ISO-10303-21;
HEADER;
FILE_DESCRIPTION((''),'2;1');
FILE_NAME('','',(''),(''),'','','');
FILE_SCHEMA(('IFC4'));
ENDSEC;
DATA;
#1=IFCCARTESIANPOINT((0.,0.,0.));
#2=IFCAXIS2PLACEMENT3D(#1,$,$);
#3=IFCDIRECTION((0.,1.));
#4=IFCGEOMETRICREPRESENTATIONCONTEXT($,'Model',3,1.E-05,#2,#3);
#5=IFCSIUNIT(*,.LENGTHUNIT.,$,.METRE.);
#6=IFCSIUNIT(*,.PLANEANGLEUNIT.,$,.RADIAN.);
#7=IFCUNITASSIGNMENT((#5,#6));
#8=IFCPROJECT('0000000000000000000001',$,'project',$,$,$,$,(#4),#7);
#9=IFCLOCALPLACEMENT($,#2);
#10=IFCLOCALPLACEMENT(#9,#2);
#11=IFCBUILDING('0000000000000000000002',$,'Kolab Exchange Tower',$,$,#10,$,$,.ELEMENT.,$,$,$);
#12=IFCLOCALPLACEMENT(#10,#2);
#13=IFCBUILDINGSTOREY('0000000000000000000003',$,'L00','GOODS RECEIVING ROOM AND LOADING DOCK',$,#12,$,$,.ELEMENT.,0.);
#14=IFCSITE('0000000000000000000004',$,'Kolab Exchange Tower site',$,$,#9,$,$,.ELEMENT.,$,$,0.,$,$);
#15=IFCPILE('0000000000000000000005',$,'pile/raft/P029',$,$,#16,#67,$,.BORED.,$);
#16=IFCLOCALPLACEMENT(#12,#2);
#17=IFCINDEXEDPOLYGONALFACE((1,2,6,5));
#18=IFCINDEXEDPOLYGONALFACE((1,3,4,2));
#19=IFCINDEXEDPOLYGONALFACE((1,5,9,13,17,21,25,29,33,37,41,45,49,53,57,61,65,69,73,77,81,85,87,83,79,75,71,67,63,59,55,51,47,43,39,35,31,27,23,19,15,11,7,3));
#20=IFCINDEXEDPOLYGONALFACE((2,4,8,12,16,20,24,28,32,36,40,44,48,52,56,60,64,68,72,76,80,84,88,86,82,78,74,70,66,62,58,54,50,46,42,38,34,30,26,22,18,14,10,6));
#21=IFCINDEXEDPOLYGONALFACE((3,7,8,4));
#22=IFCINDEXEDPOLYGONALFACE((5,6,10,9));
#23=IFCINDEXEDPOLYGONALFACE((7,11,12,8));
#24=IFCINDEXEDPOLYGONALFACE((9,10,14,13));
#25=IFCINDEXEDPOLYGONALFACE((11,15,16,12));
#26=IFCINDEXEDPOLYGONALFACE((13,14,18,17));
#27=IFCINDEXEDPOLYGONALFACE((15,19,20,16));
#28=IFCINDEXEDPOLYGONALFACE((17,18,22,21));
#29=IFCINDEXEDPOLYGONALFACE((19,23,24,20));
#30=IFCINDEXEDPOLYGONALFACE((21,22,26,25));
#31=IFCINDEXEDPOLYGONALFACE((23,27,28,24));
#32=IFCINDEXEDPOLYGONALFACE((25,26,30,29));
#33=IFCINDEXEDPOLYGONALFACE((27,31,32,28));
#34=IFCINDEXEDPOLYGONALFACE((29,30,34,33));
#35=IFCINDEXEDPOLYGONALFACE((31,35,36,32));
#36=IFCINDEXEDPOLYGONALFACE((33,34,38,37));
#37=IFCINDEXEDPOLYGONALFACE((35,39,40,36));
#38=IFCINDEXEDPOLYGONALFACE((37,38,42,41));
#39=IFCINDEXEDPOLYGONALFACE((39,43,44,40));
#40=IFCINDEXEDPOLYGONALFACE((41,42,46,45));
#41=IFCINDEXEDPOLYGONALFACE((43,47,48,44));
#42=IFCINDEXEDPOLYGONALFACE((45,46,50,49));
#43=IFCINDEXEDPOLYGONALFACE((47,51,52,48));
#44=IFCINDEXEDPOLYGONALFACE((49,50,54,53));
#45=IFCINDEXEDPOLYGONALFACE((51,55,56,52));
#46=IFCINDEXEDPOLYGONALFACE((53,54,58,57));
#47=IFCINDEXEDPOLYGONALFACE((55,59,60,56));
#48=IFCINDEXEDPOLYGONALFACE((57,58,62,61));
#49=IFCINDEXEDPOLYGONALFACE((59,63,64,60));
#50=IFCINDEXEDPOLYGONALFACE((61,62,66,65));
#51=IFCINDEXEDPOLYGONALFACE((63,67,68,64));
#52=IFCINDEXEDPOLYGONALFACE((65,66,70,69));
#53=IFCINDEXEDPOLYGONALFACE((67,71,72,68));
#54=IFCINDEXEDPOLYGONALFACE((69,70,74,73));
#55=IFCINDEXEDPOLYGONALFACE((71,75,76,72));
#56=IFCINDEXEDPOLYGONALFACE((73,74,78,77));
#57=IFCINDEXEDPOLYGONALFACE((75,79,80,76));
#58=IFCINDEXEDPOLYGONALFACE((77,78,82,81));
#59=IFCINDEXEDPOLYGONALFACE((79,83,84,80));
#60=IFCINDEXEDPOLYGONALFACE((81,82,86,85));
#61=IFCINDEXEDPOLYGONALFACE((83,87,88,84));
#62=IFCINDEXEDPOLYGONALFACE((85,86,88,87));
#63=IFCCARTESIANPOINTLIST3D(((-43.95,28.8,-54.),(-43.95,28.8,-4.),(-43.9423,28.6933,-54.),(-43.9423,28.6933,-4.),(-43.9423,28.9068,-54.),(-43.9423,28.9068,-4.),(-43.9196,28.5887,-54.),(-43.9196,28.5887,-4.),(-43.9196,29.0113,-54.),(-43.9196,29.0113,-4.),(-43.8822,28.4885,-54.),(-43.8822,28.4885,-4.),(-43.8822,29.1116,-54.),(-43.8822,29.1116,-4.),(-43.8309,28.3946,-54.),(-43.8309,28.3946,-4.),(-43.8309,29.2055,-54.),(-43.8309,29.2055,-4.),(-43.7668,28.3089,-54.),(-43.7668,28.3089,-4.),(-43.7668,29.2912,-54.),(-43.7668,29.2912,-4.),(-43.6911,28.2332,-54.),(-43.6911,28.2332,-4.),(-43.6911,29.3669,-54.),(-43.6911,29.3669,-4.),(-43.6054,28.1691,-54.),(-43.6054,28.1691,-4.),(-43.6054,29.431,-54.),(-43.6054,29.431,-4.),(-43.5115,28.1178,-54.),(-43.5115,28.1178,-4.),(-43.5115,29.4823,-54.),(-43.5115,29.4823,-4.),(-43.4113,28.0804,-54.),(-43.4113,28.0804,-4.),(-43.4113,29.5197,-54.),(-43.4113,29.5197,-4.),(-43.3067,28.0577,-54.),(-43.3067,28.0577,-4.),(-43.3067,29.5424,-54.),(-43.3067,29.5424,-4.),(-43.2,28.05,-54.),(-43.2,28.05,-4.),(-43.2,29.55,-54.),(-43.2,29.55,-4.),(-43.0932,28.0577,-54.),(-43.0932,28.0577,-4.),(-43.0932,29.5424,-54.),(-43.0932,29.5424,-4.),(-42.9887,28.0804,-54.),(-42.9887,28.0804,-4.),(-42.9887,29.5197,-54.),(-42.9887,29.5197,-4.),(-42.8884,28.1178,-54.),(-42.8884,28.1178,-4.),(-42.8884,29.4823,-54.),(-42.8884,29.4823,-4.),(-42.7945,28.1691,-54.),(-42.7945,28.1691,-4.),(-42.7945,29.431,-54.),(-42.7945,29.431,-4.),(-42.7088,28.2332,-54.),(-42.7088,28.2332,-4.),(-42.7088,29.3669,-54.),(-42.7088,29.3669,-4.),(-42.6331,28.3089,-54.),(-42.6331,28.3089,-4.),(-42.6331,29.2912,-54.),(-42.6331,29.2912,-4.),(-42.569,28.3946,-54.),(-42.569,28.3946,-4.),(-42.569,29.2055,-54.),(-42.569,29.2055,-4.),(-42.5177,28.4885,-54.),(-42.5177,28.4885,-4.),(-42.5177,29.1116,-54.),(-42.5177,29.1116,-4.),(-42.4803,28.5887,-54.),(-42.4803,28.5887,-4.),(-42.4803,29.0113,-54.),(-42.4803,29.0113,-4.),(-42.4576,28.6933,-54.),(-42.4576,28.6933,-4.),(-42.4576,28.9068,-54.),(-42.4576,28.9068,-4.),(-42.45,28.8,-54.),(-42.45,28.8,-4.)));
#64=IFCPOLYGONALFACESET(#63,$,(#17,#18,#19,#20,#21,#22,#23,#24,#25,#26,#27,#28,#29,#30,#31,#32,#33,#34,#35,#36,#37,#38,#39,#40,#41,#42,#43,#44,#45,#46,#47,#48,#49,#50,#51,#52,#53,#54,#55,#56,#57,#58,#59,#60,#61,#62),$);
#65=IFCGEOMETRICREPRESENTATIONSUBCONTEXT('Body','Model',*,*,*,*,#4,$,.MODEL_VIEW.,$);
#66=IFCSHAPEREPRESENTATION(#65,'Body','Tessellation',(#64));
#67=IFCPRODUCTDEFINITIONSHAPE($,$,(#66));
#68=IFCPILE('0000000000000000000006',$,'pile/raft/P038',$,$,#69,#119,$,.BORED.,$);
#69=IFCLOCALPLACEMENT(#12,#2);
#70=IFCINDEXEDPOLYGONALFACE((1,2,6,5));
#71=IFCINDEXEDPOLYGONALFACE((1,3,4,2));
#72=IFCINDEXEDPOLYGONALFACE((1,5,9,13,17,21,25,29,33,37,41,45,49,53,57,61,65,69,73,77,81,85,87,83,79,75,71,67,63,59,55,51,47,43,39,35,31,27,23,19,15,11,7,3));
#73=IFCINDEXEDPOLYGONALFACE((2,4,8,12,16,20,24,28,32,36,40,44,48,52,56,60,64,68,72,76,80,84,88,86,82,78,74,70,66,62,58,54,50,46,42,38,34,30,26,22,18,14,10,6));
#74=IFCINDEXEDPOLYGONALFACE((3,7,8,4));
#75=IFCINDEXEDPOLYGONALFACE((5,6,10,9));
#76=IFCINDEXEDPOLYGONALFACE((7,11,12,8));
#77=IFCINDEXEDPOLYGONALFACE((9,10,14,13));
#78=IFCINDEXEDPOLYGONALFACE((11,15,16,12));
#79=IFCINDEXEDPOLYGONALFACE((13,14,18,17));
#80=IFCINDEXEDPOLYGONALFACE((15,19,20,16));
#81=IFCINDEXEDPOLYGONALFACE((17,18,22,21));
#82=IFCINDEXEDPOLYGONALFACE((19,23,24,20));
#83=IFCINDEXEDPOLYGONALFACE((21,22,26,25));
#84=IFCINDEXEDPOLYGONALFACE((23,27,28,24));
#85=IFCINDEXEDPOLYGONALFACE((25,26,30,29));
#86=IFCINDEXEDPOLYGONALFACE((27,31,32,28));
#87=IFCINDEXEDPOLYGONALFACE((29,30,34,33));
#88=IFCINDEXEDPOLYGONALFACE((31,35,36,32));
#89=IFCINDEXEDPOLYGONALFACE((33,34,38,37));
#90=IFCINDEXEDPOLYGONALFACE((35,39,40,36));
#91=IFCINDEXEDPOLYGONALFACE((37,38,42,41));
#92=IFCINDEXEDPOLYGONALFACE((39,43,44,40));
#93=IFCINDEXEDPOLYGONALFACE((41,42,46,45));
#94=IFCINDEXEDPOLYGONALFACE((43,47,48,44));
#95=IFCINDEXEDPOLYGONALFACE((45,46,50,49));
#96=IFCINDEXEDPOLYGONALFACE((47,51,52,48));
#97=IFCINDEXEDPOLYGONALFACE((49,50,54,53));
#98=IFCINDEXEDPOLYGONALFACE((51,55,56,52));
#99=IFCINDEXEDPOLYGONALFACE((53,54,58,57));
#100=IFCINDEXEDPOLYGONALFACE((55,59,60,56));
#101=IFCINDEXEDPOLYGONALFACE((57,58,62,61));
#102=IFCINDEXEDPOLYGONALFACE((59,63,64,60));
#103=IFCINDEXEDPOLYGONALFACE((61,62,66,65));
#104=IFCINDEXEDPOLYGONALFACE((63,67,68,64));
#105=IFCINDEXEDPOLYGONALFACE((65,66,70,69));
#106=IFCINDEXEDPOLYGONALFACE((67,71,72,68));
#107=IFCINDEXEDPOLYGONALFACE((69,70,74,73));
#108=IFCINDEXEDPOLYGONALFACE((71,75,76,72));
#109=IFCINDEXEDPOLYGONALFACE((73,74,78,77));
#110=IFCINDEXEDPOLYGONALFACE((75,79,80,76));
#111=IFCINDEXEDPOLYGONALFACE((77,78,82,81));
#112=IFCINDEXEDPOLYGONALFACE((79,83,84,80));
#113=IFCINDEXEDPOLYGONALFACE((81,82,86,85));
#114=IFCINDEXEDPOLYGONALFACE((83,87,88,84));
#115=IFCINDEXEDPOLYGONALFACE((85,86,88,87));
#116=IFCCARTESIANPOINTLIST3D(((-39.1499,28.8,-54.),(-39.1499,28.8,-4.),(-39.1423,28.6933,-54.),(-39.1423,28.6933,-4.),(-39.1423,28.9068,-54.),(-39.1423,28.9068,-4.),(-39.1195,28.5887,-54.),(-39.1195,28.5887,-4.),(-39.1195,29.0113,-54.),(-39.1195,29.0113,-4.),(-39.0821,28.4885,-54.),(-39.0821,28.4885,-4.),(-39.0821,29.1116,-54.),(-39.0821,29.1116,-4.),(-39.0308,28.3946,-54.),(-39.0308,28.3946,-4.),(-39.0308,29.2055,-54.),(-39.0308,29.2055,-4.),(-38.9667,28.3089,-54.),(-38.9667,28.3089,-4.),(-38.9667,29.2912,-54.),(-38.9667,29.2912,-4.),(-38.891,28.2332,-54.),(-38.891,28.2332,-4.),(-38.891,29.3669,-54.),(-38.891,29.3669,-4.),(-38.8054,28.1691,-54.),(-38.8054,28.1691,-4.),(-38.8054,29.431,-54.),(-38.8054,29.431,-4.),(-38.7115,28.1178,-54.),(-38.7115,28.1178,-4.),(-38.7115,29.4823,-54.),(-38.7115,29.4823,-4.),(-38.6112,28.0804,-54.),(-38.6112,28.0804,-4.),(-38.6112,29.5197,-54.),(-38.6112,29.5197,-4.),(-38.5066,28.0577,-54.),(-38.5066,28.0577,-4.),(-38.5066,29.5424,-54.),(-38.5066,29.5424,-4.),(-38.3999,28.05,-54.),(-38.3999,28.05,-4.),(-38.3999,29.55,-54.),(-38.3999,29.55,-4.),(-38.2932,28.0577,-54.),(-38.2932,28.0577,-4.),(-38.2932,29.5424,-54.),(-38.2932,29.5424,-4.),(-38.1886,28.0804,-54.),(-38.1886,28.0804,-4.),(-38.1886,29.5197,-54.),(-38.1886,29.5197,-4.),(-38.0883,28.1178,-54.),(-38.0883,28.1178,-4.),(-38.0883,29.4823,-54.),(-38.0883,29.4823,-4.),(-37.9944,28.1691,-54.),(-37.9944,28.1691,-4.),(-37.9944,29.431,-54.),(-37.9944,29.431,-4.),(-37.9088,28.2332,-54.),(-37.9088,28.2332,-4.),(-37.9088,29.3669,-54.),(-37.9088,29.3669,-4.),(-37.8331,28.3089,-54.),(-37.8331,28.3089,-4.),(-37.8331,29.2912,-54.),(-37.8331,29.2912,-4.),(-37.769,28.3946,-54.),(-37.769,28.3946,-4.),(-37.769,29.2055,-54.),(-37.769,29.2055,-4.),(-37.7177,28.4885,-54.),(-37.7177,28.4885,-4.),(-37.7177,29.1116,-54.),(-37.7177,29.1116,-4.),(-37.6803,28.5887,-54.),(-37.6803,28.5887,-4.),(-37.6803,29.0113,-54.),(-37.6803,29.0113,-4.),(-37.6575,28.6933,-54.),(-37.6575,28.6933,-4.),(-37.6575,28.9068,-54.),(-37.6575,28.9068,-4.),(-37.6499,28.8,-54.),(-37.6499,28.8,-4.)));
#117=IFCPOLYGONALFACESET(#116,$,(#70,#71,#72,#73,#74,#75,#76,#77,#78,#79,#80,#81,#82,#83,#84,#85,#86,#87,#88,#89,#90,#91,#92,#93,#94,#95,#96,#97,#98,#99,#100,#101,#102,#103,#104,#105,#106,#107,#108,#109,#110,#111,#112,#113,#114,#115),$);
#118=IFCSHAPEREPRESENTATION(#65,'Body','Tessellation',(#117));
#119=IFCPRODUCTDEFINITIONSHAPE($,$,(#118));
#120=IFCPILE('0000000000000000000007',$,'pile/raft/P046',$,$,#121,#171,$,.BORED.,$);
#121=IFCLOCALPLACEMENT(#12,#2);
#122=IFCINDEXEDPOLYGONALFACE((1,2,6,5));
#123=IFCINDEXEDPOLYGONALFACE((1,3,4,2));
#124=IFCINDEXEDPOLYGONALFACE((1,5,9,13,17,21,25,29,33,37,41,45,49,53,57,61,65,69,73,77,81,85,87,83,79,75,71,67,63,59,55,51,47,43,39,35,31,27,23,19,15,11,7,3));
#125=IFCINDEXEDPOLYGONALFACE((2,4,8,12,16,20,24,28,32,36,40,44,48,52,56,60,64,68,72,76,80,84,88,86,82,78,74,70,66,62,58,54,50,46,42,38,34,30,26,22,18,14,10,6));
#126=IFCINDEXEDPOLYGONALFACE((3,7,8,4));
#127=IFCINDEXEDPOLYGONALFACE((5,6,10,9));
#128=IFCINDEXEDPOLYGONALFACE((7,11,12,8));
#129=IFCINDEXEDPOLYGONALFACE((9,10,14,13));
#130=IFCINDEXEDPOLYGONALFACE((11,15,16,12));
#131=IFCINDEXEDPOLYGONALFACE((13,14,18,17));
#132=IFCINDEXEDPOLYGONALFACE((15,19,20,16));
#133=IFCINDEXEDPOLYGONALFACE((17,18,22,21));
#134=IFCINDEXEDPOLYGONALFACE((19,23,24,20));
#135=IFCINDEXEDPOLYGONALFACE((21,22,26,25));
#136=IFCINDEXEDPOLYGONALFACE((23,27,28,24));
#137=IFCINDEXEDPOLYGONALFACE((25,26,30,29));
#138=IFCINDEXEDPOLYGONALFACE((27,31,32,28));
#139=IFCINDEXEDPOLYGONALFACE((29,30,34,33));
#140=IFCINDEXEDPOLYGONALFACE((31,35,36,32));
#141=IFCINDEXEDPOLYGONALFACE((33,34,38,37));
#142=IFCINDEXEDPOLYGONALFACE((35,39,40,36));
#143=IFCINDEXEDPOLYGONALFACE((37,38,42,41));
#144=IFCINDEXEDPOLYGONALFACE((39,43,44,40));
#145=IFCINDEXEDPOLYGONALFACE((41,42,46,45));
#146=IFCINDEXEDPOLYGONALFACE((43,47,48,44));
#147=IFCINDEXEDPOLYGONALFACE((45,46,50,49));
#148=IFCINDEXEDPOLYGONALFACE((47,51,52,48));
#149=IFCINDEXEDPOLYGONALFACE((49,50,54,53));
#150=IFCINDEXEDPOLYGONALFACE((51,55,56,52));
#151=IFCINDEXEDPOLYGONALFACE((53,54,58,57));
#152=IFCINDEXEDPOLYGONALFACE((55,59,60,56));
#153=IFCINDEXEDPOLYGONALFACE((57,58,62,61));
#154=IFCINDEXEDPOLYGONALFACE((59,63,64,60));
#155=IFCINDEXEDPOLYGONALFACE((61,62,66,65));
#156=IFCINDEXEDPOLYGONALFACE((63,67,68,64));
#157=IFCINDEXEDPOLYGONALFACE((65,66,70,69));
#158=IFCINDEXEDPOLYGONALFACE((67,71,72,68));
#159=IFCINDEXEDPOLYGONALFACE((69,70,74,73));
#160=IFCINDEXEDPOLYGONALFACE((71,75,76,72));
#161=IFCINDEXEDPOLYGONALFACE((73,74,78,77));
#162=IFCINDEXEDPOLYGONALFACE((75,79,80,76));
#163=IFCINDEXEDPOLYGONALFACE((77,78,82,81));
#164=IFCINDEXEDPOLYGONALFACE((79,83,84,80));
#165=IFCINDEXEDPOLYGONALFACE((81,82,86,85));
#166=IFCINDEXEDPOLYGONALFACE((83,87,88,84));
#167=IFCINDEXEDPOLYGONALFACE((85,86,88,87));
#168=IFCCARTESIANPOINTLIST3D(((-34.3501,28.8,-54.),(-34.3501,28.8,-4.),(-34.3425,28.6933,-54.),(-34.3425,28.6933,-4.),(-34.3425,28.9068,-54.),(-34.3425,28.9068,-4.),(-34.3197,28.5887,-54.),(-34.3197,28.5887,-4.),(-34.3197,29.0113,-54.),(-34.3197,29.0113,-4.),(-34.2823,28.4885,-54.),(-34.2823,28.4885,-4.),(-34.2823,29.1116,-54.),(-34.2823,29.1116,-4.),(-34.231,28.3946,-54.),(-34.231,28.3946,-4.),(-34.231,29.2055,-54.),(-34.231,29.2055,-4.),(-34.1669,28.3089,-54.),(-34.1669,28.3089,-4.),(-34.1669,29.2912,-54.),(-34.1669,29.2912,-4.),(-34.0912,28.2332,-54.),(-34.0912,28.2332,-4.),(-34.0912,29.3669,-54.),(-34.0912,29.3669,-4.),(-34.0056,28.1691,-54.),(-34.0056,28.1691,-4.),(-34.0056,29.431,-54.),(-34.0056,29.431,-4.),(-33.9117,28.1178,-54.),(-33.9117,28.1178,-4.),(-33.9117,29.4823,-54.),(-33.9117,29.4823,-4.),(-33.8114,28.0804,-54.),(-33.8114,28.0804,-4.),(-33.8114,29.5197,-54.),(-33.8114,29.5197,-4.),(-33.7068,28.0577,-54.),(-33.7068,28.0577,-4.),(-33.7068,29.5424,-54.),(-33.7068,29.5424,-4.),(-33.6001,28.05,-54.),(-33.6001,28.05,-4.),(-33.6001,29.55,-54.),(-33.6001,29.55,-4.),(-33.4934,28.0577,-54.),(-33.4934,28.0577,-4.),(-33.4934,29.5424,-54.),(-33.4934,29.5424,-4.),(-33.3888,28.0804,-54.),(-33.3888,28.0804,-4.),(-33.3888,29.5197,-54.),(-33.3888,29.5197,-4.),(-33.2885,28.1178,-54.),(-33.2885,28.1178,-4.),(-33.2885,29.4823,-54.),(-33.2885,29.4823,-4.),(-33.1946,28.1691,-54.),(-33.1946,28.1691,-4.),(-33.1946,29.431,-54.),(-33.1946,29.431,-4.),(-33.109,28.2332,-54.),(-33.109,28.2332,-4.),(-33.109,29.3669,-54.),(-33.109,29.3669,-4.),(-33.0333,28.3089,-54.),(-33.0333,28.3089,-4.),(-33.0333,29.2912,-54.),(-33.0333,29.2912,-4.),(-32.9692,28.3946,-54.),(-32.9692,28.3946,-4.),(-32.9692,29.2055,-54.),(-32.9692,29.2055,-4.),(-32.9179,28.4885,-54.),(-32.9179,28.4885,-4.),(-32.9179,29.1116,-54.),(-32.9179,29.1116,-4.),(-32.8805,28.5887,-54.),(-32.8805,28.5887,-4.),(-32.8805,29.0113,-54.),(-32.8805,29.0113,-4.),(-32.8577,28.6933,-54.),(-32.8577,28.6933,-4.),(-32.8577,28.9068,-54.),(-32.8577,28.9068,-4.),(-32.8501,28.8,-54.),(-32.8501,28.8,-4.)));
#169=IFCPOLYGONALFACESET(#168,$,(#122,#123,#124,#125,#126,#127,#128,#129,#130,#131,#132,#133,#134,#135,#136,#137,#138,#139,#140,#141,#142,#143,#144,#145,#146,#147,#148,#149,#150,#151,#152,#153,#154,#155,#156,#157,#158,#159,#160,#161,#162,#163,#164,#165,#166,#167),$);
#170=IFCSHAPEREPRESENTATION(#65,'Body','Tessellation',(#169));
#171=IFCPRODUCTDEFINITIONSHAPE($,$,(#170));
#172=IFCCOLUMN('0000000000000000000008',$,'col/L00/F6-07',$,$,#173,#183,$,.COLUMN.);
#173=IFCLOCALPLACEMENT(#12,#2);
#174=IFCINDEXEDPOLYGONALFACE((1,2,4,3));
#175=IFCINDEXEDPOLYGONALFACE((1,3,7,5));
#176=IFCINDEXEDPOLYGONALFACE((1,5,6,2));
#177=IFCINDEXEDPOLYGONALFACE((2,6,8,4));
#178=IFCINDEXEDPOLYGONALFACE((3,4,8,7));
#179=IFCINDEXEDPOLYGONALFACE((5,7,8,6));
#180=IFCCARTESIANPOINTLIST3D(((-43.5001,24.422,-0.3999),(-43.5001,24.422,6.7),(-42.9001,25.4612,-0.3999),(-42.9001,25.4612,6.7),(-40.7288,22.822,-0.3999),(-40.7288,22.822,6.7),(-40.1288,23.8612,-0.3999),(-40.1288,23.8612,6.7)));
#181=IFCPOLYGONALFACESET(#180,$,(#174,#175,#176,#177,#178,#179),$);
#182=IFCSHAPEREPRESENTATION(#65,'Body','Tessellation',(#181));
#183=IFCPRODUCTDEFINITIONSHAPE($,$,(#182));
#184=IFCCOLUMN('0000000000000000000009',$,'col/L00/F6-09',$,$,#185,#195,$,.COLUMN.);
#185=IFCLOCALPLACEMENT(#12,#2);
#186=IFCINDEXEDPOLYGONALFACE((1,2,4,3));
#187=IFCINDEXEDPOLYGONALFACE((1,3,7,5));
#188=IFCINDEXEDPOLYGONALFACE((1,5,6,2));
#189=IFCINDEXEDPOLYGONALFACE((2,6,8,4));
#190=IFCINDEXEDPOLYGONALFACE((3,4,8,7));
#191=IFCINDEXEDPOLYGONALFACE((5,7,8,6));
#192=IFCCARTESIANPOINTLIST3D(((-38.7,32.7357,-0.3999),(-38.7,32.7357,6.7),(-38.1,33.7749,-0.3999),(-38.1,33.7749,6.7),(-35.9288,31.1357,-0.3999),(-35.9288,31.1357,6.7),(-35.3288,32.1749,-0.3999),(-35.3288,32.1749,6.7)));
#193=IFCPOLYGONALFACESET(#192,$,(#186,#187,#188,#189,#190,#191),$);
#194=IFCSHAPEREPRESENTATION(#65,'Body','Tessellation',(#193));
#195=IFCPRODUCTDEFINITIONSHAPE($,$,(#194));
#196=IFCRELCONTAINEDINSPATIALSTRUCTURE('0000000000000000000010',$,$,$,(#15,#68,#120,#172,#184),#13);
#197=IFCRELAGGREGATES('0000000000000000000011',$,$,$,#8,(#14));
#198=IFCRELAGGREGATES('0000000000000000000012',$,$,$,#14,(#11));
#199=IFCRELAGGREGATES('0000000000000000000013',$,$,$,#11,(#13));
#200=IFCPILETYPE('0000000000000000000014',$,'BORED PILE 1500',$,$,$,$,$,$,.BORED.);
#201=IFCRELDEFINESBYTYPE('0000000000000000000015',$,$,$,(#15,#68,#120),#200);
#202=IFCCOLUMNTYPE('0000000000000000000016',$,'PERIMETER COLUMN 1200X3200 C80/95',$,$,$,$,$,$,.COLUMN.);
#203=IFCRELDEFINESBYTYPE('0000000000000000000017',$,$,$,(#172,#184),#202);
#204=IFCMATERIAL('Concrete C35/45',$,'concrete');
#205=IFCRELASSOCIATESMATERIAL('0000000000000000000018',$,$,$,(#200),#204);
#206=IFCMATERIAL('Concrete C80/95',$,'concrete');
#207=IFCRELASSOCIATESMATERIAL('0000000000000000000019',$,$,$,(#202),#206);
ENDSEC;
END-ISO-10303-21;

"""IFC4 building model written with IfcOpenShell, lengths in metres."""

from ifc_helpers import new_model, si_unit, direction, frame, origin, origin_2d, place, context, subcontext, project, spatial, rectangle, circle, extrude, material, material_profile, profile_set, type_object, element, save


model = new_model("IFC4")

# Units and contexts
model_context = context("Model", 3, precision=1e-05, world=origin(), true_north=direction((0.0, 1.0)))
body_context = subcontext(model_context, "Body", "Model", "MODEL_VIEW")
ifc_project = project(units=[si_unit("LENGTHUNIT", "METRE"), si_unit("PLANEANGLEUNIT", "RADIAN")], contexts=[model_context])

# Site, building, storey
site_placement = place(None, origin())
site = spatial("IfcSite", under=ifc_project, at=site_placement, Name="Kolab Exchange Tower site", CompositionType="ELEMENT", RefElevation=0.0)
building_placement = place(site_placement, origin())
building = spatial("IfcBuilding", under=site, at=building_placement, Name="Kolab Exchange Tower", CompositionType="ELEMENT")
storey_placement = place(building_placement, origin())
storey = spatial("IfcBuildingStorey", under=building, at=storey_placement, Name="L00", Description="GOODS RECEIVING ROOM AND LOADING DOCK", CompositionType="ELEMENT", Elevation=0.0)

# Piles
ifc_material_1 = material(Name="Concrete C35/45", Category="concrete")
ifc_material_profile_1 = material_profile(ifc_material_1, circle(Radius=0.75, at=origin_2d()), Name="BP1500")
ifc_profile_set_1 = profile_set([ifc_material_profile_1], Name="Concrete C35/45")
pile_type = type_object("IfcPileType", Name="BORED PILE 1500", PredefinedType="BORED", material=ifc_profile_set_1)
for number, where, z_axis, x_axis, name in (
    (1, (-43.2, 28.8, -4.0), (0.0, 0.0, -1.0), (1.0, 0.0, 0.0), "pile/raft/P029"),
    (2, (-38.3999, 28.8, -4.0), (0.0, 0.0, -1.0), (1.0, 0.0, 0.0), "pile/raft/P038"),
    (3, (-33.6001, 28.8, -4.0), (0.0, 0.0, -1.0), (1.0, 0.0, 0.0), "pile/raft/P046"),
):
    element("IfcPile", number, at=place(storey_placement, frame(where, z_axis=z_axis, x_axis=x_axis)), inside=storey, type_object=pile_type, Name=name, PredefinedType="BORED", context=body_context, shape_type="SweptSolid", body=[
        extrude(circle(Radius=0.75, at=origin_2d()), origin(), (0.0, 0.0, 1.0), 50.0),
    ])

# Columns
ifc_material_2 = material(Name="Concrete C80/95", Category="concrete")
ifc_material_profile_2 = material_profile(ifc_material_2, rectangle(XDim=1.2, YDim=3.2, at=origin_2d()), Name="RC1200X3200")
ifc_profile_set_2 = profile_set([ifc_material_profile_2], Name="Concrete C80/95")
column_type = type_object("IfcColumnType", Name="PERIMETER COLUMN 1200X3200 C80/95", PredefinedType="COLUMN", material=ifc_profile_set_2)
for number, where, z_axis, x_axis, name in (
    (4, (-41.8145, 24.1416, -0.3999), (0.0, 0.0, 1.0), (0.5, 0.866025, 0.0), "col/L00/F6-07"),
    (5, (-37.0144, 32.4553, -0.3999), (0.0, 0.0, 1.0), (0.5, 0.866025, 0.0), "col/L00/F6-09"),
):
    element("IfcColumn", number, at=place(storey_placement, frame(where, z_axis=z_axis, x_axis=x_axis)), inside=storey, type_object=column_type, Name=name, PredefinedType="COLUMN", context=body_context, shape_type="SweptSolid", body=[
        extrude(rectangle(XDim=1.2, YDim=3.2, at=origin_2d()), origin(), (0.0, 0.0, 1.0), 7.0999),
    ])

save(model, "model.ifc")
